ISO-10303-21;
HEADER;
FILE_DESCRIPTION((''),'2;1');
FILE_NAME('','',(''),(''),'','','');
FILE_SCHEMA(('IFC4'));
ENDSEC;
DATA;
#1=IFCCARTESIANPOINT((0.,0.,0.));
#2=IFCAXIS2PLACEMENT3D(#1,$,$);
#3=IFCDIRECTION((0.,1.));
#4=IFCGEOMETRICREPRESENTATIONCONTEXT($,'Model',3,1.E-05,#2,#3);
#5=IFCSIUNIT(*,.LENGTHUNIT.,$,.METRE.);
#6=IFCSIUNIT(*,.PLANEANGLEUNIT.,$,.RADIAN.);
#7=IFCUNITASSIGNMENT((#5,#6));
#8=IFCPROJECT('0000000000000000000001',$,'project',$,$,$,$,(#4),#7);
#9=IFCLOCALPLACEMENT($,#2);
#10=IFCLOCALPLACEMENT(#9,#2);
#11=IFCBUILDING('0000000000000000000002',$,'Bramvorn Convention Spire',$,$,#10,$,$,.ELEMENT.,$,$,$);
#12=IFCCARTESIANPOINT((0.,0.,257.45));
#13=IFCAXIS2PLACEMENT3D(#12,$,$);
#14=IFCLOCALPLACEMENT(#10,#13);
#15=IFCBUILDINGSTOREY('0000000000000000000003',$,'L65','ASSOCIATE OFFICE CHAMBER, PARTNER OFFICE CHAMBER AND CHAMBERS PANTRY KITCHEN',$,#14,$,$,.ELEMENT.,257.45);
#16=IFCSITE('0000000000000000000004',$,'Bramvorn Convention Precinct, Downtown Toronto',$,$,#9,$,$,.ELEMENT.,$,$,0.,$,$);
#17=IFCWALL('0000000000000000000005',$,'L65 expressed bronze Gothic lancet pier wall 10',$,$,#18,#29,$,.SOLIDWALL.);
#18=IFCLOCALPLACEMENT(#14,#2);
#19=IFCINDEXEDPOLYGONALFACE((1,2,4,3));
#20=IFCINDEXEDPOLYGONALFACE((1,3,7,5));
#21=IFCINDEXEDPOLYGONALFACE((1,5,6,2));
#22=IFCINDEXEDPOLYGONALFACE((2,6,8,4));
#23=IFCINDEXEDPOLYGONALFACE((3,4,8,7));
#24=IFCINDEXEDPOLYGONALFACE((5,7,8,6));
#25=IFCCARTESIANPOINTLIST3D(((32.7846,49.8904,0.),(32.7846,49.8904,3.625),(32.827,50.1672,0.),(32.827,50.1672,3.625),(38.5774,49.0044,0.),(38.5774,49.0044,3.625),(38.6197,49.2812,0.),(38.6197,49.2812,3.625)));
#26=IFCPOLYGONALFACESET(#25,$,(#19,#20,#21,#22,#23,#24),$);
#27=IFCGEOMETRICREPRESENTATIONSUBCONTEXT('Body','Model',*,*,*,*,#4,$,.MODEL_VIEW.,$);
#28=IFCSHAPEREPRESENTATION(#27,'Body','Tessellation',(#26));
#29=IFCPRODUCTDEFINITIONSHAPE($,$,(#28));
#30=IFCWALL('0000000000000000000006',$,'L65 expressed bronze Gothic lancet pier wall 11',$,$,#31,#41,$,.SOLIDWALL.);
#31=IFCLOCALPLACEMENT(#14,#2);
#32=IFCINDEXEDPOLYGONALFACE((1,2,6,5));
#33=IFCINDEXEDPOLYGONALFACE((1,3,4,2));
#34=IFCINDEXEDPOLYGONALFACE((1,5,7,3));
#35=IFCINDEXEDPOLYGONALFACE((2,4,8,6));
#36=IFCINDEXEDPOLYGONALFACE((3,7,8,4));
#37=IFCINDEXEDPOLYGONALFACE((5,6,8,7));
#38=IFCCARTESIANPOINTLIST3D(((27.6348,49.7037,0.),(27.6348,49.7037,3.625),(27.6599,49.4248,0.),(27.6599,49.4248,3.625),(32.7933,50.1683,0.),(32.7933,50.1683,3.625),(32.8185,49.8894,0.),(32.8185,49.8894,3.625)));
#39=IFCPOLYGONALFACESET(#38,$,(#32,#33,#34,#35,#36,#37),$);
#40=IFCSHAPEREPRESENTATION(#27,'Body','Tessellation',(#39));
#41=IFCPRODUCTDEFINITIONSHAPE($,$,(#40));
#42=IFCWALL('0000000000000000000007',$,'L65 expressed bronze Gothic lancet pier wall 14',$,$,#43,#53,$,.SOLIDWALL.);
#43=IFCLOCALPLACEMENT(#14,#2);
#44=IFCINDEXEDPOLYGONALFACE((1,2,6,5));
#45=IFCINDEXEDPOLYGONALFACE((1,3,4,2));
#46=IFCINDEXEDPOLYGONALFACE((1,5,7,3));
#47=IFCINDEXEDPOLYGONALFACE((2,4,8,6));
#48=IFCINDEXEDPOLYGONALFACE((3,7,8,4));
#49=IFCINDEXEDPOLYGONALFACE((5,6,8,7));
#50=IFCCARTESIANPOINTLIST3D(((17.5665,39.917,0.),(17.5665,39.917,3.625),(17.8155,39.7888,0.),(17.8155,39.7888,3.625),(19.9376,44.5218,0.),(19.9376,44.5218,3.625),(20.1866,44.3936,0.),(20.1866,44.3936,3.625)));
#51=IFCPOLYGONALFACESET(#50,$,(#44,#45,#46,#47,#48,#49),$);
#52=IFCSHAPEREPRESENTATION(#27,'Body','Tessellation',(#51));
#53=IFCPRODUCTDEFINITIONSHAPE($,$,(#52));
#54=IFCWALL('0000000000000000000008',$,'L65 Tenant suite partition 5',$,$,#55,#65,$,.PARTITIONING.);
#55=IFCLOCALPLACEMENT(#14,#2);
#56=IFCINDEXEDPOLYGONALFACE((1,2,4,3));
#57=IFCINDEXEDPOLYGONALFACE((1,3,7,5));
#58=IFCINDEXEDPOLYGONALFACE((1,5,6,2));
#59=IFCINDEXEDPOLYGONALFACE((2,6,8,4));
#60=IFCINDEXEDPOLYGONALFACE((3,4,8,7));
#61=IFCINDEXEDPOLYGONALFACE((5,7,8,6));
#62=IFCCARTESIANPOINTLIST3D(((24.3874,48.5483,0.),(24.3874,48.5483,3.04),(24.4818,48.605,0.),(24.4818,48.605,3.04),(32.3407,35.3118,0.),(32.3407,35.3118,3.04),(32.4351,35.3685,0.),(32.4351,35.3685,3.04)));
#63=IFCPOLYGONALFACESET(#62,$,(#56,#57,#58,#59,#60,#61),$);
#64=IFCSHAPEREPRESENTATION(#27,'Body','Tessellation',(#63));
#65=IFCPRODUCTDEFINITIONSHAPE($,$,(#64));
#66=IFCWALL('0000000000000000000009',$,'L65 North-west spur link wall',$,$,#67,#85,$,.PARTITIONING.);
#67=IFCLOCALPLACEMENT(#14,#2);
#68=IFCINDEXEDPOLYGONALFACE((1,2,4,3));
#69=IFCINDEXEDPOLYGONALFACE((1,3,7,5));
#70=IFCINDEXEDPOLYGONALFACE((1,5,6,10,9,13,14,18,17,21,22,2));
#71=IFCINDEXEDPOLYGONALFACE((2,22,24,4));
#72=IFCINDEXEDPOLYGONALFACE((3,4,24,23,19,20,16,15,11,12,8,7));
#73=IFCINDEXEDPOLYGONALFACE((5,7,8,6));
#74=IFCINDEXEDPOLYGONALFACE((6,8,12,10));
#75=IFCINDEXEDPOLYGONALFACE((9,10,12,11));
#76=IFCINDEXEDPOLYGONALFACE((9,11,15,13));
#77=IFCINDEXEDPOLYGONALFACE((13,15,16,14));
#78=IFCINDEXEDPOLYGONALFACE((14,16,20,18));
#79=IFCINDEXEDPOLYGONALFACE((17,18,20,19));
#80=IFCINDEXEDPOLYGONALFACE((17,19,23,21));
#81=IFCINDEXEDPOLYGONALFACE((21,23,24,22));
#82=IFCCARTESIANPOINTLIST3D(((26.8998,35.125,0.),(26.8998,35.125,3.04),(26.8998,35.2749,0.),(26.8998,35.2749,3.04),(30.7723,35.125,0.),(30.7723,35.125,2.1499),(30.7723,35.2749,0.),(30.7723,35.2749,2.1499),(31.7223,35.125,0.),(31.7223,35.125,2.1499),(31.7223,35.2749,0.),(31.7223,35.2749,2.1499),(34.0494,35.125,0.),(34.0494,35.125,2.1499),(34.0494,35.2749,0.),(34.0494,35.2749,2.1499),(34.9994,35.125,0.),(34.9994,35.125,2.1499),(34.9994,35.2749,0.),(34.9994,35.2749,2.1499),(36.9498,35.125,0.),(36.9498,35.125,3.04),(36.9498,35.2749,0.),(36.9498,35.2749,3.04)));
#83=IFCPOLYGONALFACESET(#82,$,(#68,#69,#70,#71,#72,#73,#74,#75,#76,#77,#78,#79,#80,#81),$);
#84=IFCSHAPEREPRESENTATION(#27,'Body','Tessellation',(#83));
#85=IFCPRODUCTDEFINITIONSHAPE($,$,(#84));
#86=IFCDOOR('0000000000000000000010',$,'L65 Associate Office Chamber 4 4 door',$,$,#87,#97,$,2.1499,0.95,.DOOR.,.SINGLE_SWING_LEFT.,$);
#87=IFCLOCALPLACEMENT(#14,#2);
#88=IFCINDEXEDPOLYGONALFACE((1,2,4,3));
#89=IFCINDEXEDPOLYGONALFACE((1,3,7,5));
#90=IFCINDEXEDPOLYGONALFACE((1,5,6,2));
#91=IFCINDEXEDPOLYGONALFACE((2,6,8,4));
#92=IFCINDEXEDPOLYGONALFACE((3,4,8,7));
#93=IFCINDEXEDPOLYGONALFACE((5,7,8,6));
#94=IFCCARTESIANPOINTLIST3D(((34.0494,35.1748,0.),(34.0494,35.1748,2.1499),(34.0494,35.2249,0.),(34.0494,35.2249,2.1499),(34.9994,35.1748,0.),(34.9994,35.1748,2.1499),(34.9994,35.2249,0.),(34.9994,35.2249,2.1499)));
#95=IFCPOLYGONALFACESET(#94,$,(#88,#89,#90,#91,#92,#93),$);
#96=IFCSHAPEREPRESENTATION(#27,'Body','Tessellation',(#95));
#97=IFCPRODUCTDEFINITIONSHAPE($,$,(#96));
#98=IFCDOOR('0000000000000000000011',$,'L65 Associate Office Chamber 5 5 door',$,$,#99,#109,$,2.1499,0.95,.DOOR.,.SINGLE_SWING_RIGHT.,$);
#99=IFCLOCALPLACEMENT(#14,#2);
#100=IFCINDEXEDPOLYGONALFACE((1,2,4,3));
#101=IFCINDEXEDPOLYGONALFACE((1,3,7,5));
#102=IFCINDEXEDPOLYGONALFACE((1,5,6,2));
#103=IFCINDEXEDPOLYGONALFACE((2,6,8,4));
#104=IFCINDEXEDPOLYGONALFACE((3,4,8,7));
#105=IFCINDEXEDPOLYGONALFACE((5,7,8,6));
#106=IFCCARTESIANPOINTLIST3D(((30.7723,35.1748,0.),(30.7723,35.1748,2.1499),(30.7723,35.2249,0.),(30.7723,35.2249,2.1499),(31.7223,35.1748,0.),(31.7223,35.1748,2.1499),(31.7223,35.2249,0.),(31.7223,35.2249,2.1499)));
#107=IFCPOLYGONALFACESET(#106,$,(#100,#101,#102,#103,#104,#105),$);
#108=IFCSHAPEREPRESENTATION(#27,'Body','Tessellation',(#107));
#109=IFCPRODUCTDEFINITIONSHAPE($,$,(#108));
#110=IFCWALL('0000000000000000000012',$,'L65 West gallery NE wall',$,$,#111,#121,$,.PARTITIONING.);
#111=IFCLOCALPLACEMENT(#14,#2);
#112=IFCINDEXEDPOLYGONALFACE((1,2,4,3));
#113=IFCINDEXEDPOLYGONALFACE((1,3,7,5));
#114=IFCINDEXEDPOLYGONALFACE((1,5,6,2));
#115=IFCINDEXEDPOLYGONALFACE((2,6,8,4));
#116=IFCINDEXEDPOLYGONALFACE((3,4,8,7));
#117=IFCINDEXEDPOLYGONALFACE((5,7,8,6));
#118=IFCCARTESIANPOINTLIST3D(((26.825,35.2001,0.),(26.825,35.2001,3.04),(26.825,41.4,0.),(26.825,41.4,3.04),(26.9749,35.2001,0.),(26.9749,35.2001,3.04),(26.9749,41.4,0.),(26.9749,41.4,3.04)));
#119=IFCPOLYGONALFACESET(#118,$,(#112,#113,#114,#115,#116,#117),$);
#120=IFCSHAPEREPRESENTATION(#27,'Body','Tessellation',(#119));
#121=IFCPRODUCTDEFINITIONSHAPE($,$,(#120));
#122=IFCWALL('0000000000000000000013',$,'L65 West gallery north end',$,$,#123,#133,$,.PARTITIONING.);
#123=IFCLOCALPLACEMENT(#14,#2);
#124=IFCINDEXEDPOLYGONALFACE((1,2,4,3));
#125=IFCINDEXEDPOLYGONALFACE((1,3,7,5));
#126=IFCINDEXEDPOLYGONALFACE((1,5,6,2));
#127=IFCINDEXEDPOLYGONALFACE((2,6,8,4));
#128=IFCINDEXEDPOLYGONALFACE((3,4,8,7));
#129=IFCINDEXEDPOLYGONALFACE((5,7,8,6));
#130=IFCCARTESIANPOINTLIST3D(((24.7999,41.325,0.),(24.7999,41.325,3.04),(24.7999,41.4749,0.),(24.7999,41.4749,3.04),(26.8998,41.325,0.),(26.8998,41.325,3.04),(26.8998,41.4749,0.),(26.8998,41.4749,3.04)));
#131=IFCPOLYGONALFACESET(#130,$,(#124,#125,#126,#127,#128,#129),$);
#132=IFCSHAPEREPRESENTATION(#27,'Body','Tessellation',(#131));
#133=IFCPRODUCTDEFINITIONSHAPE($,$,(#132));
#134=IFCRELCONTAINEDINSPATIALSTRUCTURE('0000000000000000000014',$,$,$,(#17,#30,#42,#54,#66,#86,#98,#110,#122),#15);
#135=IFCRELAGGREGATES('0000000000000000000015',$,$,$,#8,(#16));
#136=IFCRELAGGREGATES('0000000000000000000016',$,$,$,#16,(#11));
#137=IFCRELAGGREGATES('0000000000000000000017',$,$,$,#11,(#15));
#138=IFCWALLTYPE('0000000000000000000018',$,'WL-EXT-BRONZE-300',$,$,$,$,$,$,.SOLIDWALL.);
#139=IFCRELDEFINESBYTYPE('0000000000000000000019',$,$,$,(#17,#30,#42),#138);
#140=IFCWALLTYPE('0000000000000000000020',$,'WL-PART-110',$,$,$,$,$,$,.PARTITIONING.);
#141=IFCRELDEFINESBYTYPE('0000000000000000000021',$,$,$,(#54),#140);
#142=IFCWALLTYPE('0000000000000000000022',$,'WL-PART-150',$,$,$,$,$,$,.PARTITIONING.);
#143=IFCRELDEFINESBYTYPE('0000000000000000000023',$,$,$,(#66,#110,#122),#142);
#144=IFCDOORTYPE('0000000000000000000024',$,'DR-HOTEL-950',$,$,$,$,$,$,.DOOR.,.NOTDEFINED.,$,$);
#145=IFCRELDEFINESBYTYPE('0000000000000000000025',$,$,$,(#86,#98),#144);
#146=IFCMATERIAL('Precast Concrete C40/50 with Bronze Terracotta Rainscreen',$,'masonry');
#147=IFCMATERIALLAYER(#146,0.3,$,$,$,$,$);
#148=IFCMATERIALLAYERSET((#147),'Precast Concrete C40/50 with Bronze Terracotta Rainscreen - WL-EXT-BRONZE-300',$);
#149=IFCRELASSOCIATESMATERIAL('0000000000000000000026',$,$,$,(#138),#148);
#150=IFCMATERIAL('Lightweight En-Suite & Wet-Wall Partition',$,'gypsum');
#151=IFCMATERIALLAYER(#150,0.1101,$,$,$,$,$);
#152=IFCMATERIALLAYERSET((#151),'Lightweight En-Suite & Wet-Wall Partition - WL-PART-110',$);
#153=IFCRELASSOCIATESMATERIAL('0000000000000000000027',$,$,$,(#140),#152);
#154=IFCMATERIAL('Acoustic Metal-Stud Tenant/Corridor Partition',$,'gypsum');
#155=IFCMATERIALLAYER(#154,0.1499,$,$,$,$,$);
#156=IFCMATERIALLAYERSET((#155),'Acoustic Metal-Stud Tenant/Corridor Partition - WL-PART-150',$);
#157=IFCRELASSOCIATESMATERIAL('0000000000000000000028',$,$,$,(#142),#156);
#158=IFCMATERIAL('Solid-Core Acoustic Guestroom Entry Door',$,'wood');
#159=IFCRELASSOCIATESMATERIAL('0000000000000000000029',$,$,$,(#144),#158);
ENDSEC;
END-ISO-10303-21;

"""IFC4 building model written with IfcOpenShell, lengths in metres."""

from ifc_helpers import new_model, si_unit, direction, frame, frame_2d, origin, place, context, subcontext, project, spatial, rectangle, extrude, material, layer, layer_set, type_object, element, fill, save


model = new_model("IFC4")

# Units and contexts
model_context = context("Model", 3, precision=1e-05, world=origin(), true_north=direction((0.0, 1.0)))
body_context = subcontext(model_context, "Body", "Model", "MODEL_VIEW")
ifc_project = project(units=[si_unit("LENGTHUNIT", "METRE"), si_unit("PLANEANGLEUNIT", "RADIAN")], contexts=[model_context])

# Site, building, storey
site_placement = place(None, origin())
site = spatial("IfcSite", under=ifc_project, at=site_placement, Name="Bramvorn Convention Precinct, Downtown Toronto", CompositionType="ELEMENT", RefElevation=0.0)
building_placement = place(site_placement, origin())
building = spatial("IfcBuilding", under=site, at=building_placement, Name="Bramvorn Convention Spire", CompositionType="ELEMENT")
storey_placement = place(building_placement, frame((0.0, 0.0, 257.45)))
storey = spatial("IfcBuildingStorey", under=building, at=storey_placement, Name="L65", Description="ASSOCIATE OFFICE CHAMBER, PARTNER OFFICE CHAMBER AND CHAMBERS PANTRY KITCHEN", CompositionType="ELEMENT", Elevation=257.45)

# Walls
ifc_material_1 = material(Name="Precast Concrete C40/50 with Bronze Terracotta Rainscreen", Category="masonry")
ifc_layer_1 = layer(ifc_material_1, 0.3)
ifc_layer_set_1 = layer_set([ifc_layer_1], Name="Precast Concrete C40/50 with Bronze Terracotta Rainscreen - WL-EXT-BRONZE-300")
wall_type_1 = type_object("IfcWallType", Name="WL-EXT-BRONZE-300", PredefinedType="SOLIDWALL", material=ifc_layer_set_1)
wall_1_placement = place(storey_placement, frame((32.8057, 50.0288, 0.0), z_axis=(0.0, 0.0, 1.0), x_axis=(0.988505, -0.15119, 0.0)))
element("IfcWall", 1, at=wall_1_placement, inside=storey, type_object=wall_type_1, Name="L65 expressed bronze Gothic lancet pier wall 10", PredefinedType="SOLIDWALL", context=body_context, shape_type="SweptSolid", body=[
    extrude(rectangle(XDim=5.8601, YDim=0.28, at=frame_2d((2.9302, 0.0))), origin(), (0.0, 0.0, 1.0), 3.625),
])
for number, where, z_axis, x_axis, name in (
    (2, (27.6472, 49.5642, 0.0), (0.0, 0.0, 1.0), (0.995969, 0.089703, 0.0), "L65 expressed bronze Gothic lancet pier wall 11"),
    (3, (17.6909, 39.8528, 0.0), (0.0, 0.0, 1.0), (0.457797, 0.889057, 0.0), "L65 expressed bronze Gothic lancet pier wall 14"),
):
    element("IfcWall", number, at=place(storey_placement, frame(where, z_axis=z_axis, x_axis=x_axis)), inside=storey, type_object=wall_type_1, Name=name, PredefinedType="SOLIDWALL", context=body_context, shape_type="SweptSolid", body=[
        extrude(rectangle(XDim=5.1794, YDim=0.28, at=frame_2d((2.5898, 0.0))), origin(), (0.0, 0.0, 1.0), 3.625),
    ])
ifc_material_2 = material(Name="Lightweight En-Suite & Wet-Wall Partition", Category="gypsum")
ifc_layer_2 = layer(ifc_material_2, 0.1101)
ifc_layer_set_2 = layer_set([ifc_layer_2], Name="Lightweight En-Suite & Wet-Wall Partition - WL-PART-110")
wall_type_2 = type_object("IfcWallType", Name="WL-PART-110", PredefinedType="PARTITIONING", material=ifc_layer_set_2)
wall_2_placement = place(storey_placement, frame((32.3879, 35.3401, 0.0), z_axis=(0.0, 0.0, 1.0), x_axis=(-0.51504, 0.857166, 0.0)))
element("IfcWall", 4, at=wall_2_placement, inside=storey, type_object=wall_type_2, Name="L65 Tenant suite partition 5", PredefinedType="PARTITIONING", context=body_context, shape_type="SweptSolid", body=[
    extrude(rectangle(XDim=15.4421, YDim=0.1101, at=frame_2d((7.7212, 0.0))), origin(), (0.0, 0.0, 1.0), 3.04),
])

# Wall, openings, doors
ifc_material_3 = material(Name="Acoustic Metal-Stud Tenant/Corridor Partition", Category="gypsum")
ifc_layer_3 = layer(ifc_material_3, 0.1499)
ifc_layer_set_3 = layer_set([ifc_layer_3], Name="Acoustic Metal-Stud Tenant/Corridor Partition - WL-PART-150")
wall_type_3 = type_object("IfcWallType", Name="WL-PART-150", PredefinedType="PARTITIONING", material=ifc_layer_set_3)
wall_3_placement = place(storey_placement, frame((26.8999, 35.2, 0.0), z_axis=(0.0, 0.0, 1.0), x_axis=(1.0, 0.0, 0.0)))
wall_3 = element("IfcWall", 5, at=wall_3_placement, inside=storey, type_object=wall_type_3, Name="L65 North-west spur link wall", PredefinedType="PARTITIONING", context=body_context, shape_type="SweptSolid", body=[
    extrude(rectangle(XDim=10.05, YDim=0.1499, at=frame_2d((5.0249, 0.0))), origin(), (0.0, 0.0, 1.0), 3.04),
])
opening_1_placement = place(wall_3_placement, frame((7.1494, 0.0, 0.0)))
opening_1 = element("IfcOpeningElement", 6, at=opening_1_placement, cuts=wall_3, PredefinedType="OPENING", context=body_context, shape_type="SweptSolid", body=[
    extrude(rectangle(XDim=0.95, YDim=2.1499, at=frame_2d((0.4751, 1.075))), frame((0.0, 0.085, 0.0), z_axis=(0.0, -1.0, 0.0), x_axis=(1.0, 0.0, 0.0)), (0.0, 0.0, 1.0), 0.1699),
])
opening_2_placement = place(wall_3_placement, frame((3.8723, 0.0, 0.0)))
opening_2 = element("IfcOpeningElement", 7, at=opening_2_placement, cuts=wall_3, PredefinedType="OPENING", context=body_context, shape_type="SweptSolid", body=[
    extrude(rectangle(XDim=0.95, YDim=2.1499, at=frame_2d((0.4751, 1.075))), frame((0.0, 0.085, 0.0), z_axis=(0.0, -1.0, 0.0), x_axis=(1.0, 0.0, 0.0)), (0.0, 0.0, 1.0), 0.1699),
])
ifc_material_4 = material(Name="Solid-Core Acoustic Guestroom Entry Door", Category="wood")
door_type = type_object("IfcDoorType", Name="DR-HOTEL-950", OperationType="NOTDEFINED", PredefinedType="DOOR", material=ifc_material_4)
door_1_placement = place(opening_1_placement, origin())
door_1 = element("IfcDoor", 8, at=door_1_placement, inside=storey, type_object=door_type, Name="L65 Associate Office Chamber 4 4 door", OperationType="SINGLE_SWING_LEFT", OverallHeight=2.1499, OverallWidth=0.95, PredefinedType="DOOR", context=body_context, shape_type="SweptSolid", body=[
    extrude(rectangle(XDim=0.95, YDim=2.1499, at=frame_2d((0.4751, 1.075))), frame((0.0, 0.0249, 0.0), z_axis=(0.0, -1.0, 0.0), x_axis=(1.0, 0.0, 0.0)), (0.0, 0.0, 1.0), 0.05),
])
fill(opening_1, door_1)
door_2_placement = place(opening_2_placement, origin())
door_2 = element("IfcDoor", 9, at=door_2_placement, inside=storey, type_object=door_type, Name="L65 Associate Office Chamber 5 5 door", OperationType="SINGLE_SWING_RIGHT", OverallHeight=2.1499, OverallWidth=0.95, PredefinedType="DOOR", context=body_context, shape_type="SweptSolid", body=[
    extrude(rectangle(XDim=0.95, YDim=2.1499, at=frame_2d((0.4751, 1.075))), frame((0.0, 0.0249, 0.0), z_axis=(0.0, -1.0, 0.0), x_axis=(1.0, 0.0, 0.0)), (0.0, 0.0, 1.0), 0.05),
])
fill(opening_2, door_2)

# Walls
wall_4_placement = place(storey_placement, frame((26.8999, 35.2, 0.0), z_axis=(0.0, 0.0, 1.0), x_axis=(0.0, 1.0, 0.0)))
element("IfcWall", 10, at=wall_4_placement, inside=storey, type_object=wall_type_3, Name="L65 West gallery NE wall", PredefinedType="PARTITIONING", context=body_context, shape_type="SweptSolid", body=[
    extrude(rectangle(XDim=6.2, YDim=0.1499, at=frame_2d((3.1001, 0.0))), origin(), (0.0, 0.0, 1.0), 3.04),
])
wall_5_placement = place(storey_placement, frame((24.8, 41.3999, 0.0), z_axis=(0.0, 0.0, 1.0), x_axis=(1.0, 0.0, 0.0)))
element("IfcWall", 11, at=wall_5_placement, inside=storey, type_object=wall_type_3, Name="L65 West gallery north end", PredefinedType="PARTITIONING", context=body_context, shape_type="SweptSolid", body=[
    extrude(rectangle(XDim=2.0999, YDim=0.1499, at=frame_2d((1.0498, 0.0))), origin(), (0.0, 0.0, 1.0), 3.04),
])

save(model, "model.ifc")
